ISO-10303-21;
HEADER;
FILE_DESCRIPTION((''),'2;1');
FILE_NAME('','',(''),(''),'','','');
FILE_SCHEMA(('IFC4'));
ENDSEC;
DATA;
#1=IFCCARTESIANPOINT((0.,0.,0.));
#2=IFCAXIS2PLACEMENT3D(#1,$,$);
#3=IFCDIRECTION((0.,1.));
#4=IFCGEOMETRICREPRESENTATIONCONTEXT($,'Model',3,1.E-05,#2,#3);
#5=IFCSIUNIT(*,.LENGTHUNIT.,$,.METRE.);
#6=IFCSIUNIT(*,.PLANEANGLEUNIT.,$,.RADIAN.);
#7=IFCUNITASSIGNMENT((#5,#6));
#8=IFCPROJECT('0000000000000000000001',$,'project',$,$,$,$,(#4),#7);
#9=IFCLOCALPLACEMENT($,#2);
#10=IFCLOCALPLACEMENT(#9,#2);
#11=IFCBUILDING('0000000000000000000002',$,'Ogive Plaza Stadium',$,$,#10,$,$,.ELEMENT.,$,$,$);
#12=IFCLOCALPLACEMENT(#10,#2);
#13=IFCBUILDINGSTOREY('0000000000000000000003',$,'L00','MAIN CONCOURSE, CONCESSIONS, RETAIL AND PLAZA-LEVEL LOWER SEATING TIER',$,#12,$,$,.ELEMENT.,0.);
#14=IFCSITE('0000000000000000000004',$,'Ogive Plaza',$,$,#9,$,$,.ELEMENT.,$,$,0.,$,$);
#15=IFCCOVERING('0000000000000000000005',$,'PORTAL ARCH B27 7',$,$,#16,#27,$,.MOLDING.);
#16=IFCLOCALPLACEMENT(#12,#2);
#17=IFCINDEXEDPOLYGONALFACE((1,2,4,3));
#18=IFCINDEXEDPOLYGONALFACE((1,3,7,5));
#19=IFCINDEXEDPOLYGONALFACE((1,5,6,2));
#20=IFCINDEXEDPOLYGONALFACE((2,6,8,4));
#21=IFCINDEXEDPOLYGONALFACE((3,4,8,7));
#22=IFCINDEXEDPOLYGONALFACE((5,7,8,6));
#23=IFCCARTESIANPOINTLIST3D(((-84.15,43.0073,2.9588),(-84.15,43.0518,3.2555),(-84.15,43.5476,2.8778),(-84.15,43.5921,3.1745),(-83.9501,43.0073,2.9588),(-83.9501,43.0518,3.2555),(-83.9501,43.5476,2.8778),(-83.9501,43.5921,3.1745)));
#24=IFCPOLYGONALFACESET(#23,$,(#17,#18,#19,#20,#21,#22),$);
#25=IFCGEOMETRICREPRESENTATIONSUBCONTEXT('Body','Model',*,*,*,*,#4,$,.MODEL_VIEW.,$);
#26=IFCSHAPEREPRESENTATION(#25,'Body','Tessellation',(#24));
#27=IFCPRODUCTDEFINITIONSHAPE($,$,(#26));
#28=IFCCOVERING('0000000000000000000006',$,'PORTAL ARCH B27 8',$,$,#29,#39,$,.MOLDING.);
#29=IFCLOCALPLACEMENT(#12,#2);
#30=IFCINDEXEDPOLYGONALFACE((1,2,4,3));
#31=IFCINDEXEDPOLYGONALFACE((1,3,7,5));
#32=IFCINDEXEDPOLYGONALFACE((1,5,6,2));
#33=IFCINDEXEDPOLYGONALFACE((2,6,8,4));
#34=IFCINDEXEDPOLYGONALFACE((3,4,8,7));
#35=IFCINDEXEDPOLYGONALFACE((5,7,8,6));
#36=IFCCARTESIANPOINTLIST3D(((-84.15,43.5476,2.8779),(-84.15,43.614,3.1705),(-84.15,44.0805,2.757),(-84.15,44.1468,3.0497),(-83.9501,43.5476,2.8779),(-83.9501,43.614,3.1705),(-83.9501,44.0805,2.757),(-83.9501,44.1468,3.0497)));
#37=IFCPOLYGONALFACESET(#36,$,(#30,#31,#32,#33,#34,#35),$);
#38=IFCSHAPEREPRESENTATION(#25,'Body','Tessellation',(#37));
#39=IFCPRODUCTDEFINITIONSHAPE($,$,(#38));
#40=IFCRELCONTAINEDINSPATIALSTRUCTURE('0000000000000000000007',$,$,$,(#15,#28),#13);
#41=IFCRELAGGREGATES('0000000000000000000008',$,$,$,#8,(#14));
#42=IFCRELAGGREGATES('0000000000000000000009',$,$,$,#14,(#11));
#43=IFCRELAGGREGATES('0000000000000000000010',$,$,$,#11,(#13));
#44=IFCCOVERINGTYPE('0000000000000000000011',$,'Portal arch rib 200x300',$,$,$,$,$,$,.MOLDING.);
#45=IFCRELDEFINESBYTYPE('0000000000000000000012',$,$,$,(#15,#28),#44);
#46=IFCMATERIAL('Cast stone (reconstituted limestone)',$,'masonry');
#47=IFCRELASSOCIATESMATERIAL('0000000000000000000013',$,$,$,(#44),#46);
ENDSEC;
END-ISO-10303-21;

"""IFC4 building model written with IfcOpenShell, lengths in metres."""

from ifc_helpers import new_model, si_unit, direction, frame, origin, origin_2d, place, context, subcontext, project, spatial, rectangle, extrude, material, material_profile, profile_set, type_object, element, save


model = new_model("IFC4")

# Units and contexts
model_context = context("Model", 3, precision=1e-05, world=origin(), true_north=direction((0.0, 1.0)))
body_context = subcontext(model_context, "Body", "Model", "MODEL_VIEW")
ifc_project = project(units=[si_unit("LENGTHUNIT", "METRE"), si_unit("PLANEANGLEUNIT", "RADIAN")], contexts=[model_context])

# Site, building, storey
site_placement = place(None, origin())
site = spatial("IfcSite", under=ifc_project, at=site_placement, Name="Ogive Plaza", CompositionType="ELEMENT", RefElevation=0.0)
building_placement = place(site_placement, origin())
building = spatial("IfcBuilding", under=site, at=building_placement, Name="Ogive Plaza Stadium", CompositionType="ELEMENT")
storey_placement = place(building_placement, origin())
storey = spatial("IfcBuildingStorey", under=building, at=storey_placement, Name="L00", Description="MAIN CONCOURSE, CONCESSIONS, RETAIL AND PLAZA-LEVEL LOWER SEATING TIER", CompositionType="ELEMENT", Elevation=0.0)

# Coverings
ifc_material = material(Name="Cast stone (reconstituted limestone)", Category="masonry")
ifc_material_profile = material_profile(ifc_material, rectangle(XDim=0.2, YDim=0.3, at=origin_2d()), Name="Cast stone 200x300")
ifc_profile_set = profile_set([ifc_material_profile], Name="Cast stone (reconstituted limestone)")
covering_type = type_object("IfcCoveringType", Name="Portal arch rib 200x300", PredefinedType="MOLDING", material=ifc_profile_set)
for number, where, z_axis, x_axis, name in (
    (1, (-84.05, 43.0295, 3.1072), (0.0, 0.988933, -0.148362), (-1.0, 0.0, 0.0), "PORTAL ARCH B27 7"),
    (2, (-84.05, 43.5808, 3.0242), (0.0, 0.975242, -0.221138), (-1.0, 0.0, 0.0), "PORTAL ARCH B27 8"),
):
    element("IfcCovering", number, at=place(storey_placement, frame(where, z_axis=z_axis, x_axis=x_axis)), inside=storey, type_object=covering_type, Name=name, PredefinedType="MOLDING", context=body_context, shape_type="SweptSolid", body=[
        extrude(rectangle(XDim=0.2, YDim=0.3, at=origin_2d()), origin(), (0.0, 0.0, 1.0), 0.5464),
    ])

save(model, "model.ifc")
